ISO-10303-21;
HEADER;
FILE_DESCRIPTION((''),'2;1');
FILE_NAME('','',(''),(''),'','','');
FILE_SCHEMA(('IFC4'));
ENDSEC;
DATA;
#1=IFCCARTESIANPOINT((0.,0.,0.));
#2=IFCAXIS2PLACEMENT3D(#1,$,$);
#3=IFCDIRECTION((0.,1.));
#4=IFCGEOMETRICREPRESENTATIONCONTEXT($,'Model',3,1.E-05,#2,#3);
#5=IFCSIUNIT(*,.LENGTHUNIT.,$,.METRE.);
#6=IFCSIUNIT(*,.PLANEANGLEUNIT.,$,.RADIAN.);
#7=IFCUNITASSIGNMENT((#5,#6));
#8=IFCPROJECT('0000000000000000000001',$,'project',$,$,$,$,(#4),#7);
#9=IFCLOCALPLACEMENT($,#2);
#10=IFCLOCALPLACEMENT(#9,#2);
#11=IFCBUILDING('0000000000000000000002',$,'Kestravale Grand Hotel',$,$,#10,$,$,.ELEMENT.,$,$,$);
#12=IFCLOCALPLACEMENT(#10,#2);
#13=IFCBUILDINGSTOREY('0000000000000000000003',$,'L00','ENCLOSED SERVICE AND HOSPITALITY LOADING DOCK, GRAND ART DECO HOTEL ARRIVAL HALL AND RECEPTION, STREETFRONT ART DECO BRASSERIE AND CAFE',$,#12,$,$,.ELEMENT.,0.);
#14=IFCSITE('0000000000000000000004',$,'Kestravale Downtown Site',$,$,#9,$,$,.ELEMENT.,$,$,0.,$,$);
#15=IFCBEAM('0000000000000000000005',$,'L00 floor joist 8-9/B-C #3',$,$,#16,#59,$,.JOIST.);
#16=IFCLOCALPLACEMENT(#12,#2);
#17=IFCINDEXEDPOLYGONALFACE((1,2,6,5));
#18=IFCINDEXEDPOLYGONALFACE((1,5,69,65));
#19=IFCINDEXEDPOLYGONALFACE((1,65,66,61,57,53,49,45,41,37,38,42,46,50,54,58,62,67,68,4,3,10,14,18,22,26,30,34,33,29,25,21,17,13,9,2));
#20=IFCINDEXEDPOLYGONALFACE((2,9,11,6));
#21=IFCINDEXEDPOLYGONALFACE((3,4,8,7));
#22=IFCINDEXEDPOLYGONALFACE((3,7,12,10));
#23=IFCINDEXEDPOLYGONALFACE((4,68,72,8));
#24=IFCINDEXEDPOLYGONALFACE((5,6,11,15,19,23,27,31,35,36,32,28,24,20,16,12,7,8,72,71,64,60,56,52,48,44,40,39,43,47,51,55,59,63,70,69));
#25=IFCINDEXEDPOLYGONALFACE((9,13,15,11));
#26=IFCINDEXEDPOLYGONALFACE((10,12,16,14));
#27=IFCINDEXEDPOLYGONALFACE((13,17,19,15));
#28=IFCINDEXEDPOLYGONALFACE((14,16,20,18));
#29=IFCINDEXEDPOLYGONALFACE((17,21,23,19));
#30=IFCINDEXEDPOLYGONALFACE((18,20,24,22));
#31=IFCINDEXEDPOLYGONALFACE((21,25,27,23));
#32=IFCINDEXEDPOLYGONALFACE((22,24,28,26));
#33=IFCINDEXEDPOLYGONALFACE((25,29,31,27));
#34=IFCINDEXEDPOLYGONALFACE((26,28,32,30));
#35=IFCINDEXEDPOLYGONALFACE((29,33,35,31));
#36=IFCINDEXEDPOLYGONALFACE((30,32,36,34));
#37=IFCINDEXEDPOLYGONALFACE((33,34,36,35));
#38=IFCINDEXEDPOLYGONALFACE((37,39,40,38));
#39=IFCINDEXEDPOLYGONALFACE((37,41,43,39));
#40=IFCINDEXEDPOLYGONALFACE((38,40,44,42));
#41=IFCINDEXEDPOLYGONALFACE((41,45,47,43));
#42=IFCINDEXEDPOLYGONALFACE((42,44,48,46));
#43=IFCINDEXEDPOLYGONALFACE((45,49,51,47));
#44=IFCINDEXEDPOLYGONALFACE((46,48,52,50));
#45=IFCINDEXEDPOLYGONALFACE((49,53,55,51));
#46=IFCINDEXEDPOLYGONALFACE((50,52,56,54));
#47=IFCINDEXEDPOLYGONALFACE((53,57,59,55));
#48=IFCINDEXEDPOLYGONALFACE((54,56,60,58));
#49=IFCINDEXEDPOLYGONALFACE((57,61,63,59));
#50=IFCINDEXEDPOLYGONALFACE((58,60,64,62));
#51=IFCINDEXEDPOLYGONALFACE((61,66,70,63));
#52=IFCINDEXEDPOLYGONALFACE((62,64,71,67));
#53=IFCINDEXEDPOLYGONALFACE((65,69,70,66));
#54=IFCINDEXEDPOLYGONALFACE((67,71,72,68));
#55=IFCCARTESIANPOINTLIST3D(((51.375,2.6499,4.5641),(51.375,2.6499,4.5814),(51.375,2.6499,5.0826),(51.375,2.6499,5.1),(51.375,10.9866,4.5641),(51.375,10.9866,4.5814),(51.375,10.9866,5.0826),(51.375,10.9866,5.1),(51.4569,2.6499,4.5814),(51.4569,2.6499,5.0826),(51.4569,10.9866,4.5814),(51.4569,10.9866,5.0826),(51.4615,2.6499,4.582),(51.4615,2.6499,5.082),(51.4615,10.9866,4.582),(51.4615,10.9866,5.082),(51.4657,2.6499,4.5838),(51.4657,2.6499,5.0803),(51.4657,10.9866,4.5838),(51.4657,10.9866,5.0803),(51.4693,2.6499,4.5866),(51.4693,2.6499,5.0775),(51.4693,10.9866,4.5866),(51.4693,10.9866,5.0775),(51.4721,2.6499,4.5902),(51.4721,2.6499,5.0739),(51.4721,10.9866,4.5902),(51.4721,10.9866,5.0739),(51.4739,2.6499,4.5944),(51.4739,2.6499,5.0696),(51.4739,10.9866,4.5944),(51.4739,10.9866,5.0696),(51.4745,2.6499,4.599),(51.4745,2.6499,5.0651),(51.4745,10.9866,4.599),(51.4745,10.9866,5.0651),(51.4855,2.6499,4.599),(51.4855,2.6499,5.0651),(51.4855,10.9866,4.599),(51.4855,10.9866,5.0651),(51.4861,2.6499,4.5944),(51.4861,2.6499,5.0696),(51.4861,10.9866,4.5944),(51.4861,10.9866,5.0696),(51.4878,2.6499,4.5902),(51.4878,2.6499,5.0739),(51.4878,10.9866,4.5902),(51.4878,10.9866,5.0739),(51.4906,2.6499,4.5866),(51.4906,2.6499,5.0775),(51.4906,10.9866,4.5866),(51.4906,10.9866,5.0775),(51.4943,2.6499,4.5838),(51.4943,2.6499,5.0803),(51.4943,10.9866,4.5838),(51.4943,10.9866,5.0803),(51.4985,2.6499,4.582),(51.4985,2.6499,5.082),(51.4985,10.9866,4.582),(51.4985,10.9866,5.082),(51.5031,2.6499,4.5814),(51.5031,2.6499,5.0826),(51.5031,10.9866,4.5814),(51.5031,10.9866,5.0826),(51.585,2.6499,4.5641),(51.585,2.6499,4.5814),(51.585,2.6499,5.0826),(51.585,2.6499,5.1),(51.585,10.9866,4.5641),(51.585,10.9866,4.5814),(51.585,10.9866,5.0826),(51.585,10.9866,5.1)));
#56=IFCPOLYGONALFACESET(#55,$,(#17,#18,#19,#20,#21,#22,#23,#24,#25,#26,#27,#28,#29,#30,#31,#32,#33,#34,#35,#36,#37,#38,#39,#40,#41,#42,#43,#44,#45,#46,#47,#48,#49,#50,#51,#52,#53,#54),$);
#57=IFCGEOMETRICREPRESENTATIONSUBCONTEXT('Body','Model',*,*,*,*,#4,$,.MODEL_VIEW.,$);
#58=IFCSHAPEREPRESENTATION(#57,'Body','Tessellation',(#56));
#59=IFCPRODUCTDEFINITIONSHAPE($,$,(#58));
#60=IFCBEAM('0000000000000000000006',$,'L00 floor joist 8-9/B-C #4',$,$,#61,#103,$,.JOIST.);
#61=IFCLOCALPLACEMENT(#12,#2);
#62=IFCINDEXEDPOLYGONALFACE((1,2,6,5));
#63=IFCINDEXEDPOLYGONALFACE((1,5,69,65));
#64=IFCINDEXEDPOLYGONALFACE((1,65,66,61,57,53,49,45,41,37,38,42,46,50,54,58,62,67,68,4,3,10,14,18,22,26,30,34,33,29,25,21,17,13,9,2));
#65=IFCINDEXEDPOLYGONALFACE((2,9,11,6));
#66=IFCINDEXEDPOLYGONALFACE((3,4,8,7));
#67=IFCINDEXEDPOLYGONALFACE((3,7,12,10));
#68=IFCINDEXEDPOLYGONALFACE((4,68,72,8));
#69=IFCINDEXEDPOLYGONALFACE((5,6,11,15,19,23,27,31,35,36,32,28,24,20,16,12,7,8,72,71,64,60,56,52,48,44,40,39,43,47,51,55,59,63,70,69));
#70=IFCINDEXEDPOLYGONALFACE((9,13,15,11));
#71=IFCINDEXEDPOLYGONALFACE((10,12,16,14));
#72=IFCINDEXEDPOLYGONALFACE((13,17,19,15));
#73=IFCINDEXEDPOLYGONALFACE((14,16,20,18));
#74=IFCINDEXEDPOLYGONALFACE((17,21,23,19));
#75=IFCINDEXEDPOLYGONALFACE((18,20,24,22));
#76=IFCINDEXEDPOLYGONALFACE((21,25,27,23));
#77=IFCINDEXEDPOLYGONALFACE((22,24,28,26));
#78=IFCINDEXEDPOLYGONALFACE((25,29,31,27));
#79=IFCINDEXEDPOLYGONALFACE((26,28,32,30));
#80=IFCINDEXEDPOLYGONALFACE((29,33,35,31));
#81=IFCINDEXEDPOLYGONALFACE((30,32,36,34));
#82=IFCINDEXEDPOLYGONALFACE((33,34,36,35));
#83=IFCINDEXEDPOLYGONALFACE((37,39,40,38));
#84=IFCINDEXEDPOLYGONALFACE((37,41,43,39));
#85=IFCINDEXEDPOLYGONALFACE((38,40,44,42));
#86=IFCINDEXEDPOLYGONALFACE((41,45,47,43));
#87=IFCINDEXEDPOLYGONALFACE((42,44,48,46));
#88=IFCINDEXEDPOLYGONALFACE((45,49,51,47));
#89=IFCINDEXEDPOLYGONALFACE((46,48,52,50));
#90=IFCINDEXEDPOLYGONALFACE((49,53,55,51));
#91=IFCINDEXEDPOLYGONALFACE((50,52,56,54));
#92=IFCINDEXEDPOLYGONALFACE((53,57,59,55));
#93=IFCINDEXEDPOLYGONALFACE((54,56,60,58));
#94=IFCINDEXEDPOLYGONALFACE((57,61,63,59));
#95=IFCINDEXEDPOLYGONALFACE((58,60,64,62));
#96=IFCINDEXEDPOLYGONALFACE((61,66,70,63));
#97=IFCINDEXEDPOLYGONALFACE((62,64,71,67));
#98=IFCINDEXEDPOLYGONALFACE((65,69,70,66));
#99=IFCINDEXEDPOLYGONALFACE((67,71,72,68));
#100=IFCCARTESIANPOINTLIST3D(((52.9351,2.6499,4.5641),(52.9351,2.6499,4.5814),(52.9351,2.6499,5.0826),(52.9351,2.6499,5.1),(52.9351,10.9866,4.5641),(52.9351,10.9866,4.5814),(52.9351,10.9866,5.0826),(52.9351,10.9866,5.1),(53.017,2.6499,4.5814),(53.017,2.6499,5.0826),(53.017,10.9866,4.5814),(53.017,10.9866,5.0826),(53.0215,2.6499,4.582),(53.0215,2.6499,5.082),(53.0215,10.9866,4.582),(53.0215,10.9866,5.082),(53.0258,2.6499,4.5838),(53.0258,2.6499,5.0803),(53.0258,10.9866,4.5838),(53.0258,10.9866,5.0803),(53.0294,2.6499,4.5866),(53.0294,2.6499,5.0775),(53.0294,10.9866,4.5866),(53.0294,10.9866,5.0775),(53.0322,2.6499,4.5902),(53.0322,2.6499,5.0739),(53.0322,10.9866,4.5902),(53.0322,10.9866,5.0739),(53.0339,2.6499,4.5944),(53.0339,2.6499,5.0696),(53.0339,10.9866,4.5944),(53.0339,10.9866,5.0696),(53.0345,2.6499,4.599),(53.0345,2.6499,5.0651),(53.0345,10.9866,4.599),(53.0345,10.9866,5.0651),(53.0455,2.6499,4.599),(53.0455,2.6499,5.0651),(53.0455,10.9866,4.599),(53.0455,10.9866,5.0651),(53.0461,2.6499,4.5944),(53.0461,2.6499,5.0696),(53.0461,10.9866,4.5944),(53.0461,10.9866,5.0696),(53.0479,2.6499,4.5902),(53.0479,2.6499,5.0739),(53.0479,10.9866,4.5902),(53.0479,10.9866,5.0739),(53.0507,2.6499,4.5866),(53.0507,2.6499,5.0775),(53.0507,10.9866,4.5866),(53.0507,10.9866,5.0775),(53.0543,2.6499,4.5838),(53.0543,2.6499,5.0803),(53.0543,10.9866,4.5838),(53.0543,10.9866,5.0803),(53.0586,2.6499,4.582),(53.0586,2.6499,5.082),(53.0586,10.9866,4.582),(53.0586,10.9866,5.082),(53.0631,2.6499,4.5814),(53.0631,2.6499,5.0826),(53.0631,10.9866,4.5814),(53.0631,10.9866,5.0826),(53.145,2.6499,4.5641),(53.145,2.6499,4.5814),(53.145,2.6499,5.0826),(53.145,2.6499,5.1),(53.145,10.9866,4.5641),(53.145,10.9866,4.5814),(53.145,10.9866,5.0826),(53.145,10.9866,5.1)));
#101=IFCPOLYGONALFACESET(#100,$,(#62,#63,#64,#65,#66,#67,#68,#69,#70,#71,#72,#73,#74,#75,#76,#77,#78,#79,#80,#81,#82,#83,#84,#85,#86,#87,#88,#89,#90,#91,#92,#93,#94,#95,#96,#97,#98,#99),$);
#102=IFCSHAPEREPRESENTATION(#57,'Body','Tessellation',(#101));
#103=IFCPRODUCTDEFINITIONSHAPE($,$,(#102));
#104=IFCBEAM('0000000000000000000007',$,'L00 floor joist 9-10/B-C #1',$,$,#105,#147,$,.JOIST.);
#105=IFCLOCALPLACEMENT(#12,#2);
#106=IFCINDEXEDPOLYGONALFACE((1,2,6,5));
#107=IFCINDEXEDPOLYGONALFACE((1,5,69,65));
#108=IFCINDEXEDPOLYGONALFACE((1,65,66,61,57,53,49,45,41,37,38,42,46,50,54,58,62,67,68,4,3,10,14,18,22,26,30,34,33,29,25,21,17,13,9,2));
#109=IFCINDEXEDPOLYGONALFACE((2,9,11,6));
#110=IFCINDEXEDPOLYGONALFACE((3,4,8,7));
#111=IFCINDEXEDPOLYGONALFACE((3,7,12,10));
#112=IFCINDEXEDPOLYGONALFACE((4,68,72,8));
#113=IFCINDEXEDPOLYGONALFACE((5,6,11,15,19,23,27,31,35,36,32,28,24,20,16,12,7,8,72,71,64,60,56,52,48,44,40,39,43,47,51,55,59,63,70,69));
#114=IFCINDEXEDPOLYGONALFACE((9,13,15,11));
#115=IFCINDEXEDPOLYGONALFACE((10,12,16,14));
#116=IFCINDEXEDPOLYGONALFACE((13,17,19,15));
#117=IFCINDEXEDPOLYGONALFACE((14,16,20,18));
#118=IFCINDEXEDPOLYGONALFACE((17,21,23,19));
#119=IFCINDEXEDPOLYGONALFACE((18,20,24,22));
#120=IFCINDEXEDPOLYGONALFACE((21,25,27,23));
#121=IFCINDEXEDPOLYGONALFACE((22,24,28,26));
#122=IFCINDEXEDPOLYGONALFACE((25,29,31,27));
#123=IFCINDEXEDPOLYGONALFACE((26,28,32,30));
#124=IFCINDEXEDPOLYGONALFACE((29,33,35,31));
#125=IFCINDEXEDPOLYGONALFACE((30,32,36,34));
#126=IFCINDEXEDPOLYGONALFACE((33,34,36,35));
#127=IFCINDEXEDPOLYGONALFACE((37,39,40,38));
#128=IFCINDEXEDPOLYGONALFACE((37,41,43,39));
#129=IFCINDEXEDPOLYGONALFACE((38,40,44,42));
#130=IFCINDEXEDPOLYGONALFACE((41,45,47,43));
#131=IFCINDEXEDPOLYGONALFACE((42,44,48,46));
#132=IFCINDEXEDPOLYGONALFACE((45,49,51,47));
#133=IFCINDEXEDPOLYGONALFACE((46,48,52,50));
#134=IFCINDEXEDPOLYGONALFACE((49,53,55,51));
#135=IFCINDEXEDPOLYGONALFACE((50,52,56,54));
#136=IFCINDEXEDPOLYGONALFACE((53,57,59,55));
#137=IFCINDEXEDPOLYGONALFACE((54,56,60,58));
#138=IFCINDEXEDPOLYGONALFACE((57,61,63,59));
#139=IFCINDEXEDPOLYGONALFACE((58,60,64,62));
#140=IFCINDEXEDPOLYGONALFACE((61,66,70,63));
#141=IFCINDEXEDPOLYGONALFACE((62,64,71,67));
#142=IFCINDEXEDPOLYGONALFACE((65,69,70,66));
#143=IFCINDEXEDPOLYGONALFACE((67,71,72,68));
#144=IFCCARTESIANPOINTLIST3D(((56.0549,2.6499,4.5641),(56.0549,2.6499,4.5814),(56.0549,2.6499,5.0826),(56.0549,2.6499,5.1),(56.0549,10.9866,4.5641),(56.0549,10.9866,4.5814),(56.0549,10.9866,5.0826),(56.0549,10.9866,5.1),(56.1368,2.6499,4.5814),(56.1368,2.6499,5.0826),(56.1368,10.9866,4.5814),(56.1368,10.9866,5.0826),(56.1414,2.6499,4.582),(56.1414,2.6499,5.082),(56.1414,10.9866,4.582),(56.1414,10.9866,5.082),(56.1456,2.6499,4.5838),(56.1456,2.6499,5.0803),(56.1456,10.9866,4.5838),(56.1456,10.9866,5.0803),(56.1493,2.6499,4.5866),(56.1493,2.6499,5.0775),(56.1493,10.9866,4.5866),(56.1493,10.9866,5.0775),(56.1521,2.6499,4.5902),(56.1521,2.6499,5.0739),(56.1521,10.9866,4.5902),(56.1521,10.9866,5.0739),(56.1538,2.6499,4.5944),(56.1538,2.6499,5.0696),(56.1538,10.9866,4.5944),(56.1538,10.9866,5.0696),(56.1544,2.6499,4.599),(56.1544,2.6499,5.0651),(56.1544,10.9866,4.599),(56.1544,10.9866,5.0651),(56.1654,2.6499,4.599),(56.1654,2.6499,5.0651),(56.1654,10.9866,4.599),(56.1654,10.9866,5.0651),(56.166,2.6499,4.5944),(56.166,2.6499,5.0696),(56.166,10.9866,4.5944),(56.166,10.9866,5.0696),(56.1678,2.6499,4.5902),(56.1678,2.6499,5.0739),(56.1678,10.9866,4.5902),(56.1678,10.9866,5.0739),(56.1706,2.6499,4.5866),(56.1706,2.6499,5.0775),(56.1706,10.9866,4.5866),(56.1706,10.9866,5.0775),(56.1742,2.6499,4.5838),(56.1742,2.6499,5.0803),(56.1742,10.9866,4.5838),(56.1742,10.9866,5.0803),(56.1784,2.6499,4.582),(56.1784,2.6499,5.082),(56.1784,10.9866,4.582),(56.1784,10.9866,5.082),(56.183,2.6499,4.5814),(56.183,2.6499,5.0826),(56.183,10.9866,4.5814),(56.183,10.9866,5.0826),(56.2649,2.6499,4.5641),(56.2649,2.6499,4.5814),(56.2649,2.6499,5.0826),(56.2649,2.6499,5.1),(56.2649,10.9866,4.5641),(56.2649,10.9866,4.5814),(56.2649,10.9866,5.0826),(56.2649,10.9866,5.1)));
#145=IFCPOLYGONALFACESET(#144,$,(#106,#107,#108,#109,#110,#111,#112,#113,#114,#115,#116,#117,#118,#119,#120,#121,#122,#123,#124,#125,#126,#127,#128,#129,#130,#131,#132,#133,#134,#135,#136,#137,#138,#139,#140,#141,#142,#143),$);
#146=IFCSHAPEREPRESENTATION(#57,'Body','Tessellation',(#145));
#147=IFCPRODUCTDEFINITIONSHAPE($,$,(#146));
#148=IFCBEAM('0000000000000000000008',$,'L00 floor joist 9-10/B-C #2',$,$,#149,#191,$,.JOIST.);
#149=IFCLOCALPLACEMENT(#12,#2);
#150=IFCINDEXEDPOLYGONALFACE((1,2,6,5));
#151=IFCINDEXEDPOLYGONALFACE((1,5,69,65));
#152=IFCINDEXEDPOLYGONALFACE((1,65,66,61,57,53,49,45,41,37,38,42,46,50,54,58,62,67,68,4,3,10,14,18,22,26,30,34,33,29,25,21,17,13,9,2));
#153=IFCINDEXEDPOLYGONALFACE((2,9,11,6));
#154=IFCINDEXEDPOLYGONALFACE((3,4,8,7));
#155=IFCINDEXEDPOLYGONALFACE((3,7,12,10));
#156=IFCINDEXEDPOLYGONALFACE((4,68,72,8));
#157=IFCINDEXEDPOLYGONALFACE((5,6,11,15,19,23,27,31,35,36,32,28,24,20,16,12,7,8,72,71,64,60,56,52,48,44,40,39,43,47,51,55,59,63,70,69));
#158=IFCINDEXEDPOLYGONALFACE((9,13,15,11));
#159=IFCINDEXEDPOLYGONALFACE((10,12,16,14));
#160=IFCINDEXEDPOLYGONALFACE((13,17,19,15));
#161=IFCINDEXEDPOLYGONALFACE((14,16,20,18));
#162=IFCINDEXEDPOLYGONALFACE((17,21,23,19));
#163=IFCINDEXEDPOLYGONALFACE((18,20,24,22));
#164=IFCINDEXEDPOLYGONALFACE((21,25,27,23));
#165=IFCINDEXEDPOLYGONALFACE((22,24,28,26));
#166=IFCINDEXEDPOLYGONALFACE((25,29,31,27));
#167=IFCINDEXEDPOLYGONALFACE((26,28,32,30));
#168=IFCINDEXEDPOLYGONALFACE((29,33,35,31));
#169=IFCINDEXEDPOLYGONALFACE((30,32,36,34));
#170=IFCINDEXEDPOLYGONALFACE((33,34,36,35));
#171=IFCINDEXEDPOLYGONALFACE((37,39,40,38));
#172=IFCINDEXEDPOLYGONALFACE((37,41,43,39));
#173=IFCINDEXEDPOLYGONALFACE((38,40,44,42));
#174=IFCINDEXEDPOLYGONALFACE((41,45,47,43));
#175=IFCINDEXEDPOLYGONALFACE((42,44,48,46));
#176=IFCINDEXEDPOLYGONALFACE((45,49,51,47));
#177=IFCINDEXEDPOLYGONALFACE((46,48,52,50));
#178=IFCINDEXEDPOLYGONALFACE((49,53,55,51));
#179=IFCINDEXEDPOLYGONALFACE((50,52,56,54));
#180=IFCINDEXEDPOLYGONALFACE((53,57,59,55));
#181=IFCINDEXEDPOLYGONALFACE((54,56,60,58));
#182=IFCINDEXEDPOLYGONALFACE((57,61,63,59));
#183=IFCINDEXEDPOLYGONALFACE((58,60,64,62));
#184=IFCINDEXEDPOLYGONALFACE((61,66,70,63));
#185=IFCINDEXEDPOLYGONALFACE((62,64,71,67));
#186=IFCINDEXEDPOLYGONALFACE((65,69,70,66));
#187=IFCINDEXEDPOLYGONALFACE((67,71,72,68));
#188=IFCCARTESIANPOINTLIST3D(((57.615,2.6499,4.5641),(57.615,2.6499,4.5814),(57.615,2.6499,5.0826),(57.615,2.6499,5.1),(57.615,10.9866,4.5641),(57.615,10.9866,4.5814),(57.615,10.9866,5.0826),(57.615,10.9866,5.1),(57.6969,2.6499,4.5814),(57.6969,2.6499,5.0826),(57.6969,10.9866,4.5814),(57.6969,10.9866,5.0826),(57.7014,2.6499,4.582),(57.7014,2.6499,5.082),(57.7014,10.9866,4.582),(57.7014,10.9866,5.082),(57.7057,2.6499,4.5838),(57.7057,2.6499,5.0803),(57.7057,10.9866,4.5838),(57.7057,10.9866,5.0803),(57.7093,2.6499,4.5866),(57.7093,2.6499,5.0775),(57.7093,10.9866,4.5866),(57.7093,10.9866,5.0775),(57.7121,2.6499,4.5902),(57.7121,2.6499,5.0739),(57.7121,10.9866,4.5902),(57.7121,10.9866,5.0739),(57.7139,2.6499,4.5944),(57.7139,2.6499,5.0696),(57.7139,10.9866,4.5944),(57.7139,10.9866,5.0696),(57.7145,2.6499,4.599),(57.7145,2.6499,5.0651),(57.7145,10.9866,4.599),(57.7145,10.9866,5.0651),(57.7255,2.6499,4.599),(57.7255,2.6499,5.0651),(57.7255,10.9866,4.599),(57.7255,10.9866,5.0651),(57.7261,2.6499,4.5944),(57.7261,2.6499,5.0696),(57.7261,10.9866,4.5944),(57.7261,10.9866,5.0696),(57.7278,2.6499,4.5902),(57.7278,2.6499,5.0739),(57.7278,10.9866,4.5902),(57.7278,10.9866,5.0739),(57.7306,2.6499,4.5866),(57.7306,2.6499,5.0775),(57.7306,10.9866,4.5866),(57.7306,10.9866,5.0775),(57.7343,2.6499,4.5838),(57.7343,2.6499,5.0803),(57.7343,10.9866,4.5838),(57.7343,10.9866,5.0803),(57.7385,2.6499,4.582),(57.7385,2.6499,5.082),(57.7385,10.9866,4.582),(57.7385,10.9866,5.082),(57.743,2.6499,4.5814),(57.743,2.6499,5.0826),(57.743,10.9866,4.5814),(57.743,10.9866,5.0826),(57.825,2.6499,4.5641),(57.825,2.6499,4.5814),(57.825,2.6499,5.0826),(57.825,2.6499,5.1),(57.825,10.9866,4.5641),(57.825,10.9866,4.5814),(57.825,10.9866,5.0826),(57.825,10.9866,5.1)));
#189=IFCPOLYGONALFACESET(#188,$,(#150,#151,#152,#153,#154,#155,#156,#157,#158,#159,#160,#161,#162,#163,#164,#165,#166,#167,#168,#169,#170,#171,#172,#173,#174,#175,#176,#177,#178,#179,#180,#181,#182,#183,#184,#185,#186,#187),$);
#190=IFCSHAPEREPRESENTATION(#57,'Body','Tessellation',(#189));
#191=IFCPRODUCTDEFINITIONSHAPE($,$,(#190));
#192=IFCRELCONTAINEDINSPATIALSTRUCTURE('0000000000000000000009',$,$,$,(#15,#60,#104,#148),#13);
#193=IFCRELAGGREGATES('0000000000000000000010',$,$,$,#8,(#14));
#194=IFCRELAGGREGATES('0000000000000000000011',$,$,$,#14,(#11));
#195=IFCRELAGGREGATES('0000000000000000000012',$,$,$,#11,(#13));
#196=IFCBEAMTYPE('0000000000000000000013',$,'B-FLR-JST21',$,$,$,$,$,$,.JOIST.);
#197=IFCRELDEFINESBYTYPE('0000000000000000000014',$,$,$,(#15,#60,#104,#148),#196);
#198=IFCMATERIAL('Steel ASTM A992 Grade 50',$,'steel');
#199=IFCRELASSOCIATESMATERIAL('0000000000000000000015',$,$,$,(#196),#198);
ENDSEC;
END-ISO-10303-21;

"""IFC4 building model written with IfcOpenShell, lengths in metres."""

from ifc_helpers import new_model, si_unit, direction, frame, origin, origin_2d, place, context, subcontext, project, spatial, i_section, extrude, material, material_profile, profile_set, type_object, element, save


model = new_model("IFC4")

# Units and contexts
model_context = context("Model", 3, precision=1e-05, world=origin(), true_north=direction((0.0, 1.0)))
body_context = subcontext(model_context, "Body", "Model", "MODEL_VIEW")
ifc_project = project(units=[si_unit("LENGTHUNIT", "METRE"), si_unit("PLANEANGLEUNIT", "RADIAN")], contexts=[model_context])

# Site, building, storey
site_placement = place(None, origin())
site = spatial("IfcSite", under=ifc_project, at=site_placement, Name="Kestravale Downtown Site", CompositionType="ELEMENT", RefElevation=0.0)
building_placement = place(site_placement, origin())
building = spatial("IfcBuilding", under=site, at=building_placement, Name="Kestravale Grand Hotel", CompositionType="ELEMENT")
storey_placement = place(building_placement, origin())
storey = spatial("IfcBuildingStorey", under=building, at=storey_placement, Name="L00", Description="ENCLOSED SERVICE AND HOSPITALITY LOADING DOCK, GRAND ART DECO HOTEL ARRIVAL HALL AND RECEPTION, STREETFRONT ART DECO BRASSERIE AND CAFE", CompositionType="ELEMENT", Elevation=0.0)

# Beams
ifc_material_1 = material(Name="Steel ASTM A992 Grade 50", Category="steel")
ifc_material_profile_1 = material_profile(ifc_material_1, i_section(OverallWidth=0.21, OverallDepth=0.5359, WebThickness=0.011, FlangeThickness=0.0173, FilletRadius=0.0176, at=origin_2d()))
ifc_profile_set_1 = profile_set([ifc_material_profile_1], Name="Steel ASTM A992 Grade 50")
beam_type_1 = type_object("IfcBeamType", Name="B-FLR-JST21", PredefinedType="JOIST", material=ifc_profile_set_1)
for number, where, z_axis, x_axis, name in (
    (1, (51.48, 2.6499, 4.832), (0.0, 1.0, 0.0), (-1.0, 0.0, 0.0), "L00 floor joist 8-9/B-C #3"),
    (2, (53.04, 2.6499, 4.832), (0.0, 1.0, 0.0), (-1.0, 0.0, 0.0), "L00 floor joist 8-9/B-C #4"),
    (3, (56.1599, 2.6499, 4.832), (0.0, 1.0, 0.0), (-1.0, 0.0, 0.0), "L00 floor joist 9-10/B-C #1"),
    (4, (57.72, 2.6499, 4.832), (0.0, 1.0, 0.0), (-1.0, 0.0, 0.0), "L00 floor joist 9-10/B-C #2"),
):
    element("IfcBeam", number, at=place(storey_placement, frame(where, z_axis=z_axis, x_axis=x_axis)), inside=storey, type_object=beam_type_1, Name=name, PredefinedType="JOIST", context=body_context, shape_type="SweptSolid", body=[
        extrude(i_section(OverallWidth=0.21, OverallDepth=0.5359, WebThickness=0.011, FlangeThickness=0.0173, FilletRadius=0.0176, at=origin_2d()), origin(), (0.0, 0.0, 1.0), 8.3367),
    ])

save(model, "model.ifc")
